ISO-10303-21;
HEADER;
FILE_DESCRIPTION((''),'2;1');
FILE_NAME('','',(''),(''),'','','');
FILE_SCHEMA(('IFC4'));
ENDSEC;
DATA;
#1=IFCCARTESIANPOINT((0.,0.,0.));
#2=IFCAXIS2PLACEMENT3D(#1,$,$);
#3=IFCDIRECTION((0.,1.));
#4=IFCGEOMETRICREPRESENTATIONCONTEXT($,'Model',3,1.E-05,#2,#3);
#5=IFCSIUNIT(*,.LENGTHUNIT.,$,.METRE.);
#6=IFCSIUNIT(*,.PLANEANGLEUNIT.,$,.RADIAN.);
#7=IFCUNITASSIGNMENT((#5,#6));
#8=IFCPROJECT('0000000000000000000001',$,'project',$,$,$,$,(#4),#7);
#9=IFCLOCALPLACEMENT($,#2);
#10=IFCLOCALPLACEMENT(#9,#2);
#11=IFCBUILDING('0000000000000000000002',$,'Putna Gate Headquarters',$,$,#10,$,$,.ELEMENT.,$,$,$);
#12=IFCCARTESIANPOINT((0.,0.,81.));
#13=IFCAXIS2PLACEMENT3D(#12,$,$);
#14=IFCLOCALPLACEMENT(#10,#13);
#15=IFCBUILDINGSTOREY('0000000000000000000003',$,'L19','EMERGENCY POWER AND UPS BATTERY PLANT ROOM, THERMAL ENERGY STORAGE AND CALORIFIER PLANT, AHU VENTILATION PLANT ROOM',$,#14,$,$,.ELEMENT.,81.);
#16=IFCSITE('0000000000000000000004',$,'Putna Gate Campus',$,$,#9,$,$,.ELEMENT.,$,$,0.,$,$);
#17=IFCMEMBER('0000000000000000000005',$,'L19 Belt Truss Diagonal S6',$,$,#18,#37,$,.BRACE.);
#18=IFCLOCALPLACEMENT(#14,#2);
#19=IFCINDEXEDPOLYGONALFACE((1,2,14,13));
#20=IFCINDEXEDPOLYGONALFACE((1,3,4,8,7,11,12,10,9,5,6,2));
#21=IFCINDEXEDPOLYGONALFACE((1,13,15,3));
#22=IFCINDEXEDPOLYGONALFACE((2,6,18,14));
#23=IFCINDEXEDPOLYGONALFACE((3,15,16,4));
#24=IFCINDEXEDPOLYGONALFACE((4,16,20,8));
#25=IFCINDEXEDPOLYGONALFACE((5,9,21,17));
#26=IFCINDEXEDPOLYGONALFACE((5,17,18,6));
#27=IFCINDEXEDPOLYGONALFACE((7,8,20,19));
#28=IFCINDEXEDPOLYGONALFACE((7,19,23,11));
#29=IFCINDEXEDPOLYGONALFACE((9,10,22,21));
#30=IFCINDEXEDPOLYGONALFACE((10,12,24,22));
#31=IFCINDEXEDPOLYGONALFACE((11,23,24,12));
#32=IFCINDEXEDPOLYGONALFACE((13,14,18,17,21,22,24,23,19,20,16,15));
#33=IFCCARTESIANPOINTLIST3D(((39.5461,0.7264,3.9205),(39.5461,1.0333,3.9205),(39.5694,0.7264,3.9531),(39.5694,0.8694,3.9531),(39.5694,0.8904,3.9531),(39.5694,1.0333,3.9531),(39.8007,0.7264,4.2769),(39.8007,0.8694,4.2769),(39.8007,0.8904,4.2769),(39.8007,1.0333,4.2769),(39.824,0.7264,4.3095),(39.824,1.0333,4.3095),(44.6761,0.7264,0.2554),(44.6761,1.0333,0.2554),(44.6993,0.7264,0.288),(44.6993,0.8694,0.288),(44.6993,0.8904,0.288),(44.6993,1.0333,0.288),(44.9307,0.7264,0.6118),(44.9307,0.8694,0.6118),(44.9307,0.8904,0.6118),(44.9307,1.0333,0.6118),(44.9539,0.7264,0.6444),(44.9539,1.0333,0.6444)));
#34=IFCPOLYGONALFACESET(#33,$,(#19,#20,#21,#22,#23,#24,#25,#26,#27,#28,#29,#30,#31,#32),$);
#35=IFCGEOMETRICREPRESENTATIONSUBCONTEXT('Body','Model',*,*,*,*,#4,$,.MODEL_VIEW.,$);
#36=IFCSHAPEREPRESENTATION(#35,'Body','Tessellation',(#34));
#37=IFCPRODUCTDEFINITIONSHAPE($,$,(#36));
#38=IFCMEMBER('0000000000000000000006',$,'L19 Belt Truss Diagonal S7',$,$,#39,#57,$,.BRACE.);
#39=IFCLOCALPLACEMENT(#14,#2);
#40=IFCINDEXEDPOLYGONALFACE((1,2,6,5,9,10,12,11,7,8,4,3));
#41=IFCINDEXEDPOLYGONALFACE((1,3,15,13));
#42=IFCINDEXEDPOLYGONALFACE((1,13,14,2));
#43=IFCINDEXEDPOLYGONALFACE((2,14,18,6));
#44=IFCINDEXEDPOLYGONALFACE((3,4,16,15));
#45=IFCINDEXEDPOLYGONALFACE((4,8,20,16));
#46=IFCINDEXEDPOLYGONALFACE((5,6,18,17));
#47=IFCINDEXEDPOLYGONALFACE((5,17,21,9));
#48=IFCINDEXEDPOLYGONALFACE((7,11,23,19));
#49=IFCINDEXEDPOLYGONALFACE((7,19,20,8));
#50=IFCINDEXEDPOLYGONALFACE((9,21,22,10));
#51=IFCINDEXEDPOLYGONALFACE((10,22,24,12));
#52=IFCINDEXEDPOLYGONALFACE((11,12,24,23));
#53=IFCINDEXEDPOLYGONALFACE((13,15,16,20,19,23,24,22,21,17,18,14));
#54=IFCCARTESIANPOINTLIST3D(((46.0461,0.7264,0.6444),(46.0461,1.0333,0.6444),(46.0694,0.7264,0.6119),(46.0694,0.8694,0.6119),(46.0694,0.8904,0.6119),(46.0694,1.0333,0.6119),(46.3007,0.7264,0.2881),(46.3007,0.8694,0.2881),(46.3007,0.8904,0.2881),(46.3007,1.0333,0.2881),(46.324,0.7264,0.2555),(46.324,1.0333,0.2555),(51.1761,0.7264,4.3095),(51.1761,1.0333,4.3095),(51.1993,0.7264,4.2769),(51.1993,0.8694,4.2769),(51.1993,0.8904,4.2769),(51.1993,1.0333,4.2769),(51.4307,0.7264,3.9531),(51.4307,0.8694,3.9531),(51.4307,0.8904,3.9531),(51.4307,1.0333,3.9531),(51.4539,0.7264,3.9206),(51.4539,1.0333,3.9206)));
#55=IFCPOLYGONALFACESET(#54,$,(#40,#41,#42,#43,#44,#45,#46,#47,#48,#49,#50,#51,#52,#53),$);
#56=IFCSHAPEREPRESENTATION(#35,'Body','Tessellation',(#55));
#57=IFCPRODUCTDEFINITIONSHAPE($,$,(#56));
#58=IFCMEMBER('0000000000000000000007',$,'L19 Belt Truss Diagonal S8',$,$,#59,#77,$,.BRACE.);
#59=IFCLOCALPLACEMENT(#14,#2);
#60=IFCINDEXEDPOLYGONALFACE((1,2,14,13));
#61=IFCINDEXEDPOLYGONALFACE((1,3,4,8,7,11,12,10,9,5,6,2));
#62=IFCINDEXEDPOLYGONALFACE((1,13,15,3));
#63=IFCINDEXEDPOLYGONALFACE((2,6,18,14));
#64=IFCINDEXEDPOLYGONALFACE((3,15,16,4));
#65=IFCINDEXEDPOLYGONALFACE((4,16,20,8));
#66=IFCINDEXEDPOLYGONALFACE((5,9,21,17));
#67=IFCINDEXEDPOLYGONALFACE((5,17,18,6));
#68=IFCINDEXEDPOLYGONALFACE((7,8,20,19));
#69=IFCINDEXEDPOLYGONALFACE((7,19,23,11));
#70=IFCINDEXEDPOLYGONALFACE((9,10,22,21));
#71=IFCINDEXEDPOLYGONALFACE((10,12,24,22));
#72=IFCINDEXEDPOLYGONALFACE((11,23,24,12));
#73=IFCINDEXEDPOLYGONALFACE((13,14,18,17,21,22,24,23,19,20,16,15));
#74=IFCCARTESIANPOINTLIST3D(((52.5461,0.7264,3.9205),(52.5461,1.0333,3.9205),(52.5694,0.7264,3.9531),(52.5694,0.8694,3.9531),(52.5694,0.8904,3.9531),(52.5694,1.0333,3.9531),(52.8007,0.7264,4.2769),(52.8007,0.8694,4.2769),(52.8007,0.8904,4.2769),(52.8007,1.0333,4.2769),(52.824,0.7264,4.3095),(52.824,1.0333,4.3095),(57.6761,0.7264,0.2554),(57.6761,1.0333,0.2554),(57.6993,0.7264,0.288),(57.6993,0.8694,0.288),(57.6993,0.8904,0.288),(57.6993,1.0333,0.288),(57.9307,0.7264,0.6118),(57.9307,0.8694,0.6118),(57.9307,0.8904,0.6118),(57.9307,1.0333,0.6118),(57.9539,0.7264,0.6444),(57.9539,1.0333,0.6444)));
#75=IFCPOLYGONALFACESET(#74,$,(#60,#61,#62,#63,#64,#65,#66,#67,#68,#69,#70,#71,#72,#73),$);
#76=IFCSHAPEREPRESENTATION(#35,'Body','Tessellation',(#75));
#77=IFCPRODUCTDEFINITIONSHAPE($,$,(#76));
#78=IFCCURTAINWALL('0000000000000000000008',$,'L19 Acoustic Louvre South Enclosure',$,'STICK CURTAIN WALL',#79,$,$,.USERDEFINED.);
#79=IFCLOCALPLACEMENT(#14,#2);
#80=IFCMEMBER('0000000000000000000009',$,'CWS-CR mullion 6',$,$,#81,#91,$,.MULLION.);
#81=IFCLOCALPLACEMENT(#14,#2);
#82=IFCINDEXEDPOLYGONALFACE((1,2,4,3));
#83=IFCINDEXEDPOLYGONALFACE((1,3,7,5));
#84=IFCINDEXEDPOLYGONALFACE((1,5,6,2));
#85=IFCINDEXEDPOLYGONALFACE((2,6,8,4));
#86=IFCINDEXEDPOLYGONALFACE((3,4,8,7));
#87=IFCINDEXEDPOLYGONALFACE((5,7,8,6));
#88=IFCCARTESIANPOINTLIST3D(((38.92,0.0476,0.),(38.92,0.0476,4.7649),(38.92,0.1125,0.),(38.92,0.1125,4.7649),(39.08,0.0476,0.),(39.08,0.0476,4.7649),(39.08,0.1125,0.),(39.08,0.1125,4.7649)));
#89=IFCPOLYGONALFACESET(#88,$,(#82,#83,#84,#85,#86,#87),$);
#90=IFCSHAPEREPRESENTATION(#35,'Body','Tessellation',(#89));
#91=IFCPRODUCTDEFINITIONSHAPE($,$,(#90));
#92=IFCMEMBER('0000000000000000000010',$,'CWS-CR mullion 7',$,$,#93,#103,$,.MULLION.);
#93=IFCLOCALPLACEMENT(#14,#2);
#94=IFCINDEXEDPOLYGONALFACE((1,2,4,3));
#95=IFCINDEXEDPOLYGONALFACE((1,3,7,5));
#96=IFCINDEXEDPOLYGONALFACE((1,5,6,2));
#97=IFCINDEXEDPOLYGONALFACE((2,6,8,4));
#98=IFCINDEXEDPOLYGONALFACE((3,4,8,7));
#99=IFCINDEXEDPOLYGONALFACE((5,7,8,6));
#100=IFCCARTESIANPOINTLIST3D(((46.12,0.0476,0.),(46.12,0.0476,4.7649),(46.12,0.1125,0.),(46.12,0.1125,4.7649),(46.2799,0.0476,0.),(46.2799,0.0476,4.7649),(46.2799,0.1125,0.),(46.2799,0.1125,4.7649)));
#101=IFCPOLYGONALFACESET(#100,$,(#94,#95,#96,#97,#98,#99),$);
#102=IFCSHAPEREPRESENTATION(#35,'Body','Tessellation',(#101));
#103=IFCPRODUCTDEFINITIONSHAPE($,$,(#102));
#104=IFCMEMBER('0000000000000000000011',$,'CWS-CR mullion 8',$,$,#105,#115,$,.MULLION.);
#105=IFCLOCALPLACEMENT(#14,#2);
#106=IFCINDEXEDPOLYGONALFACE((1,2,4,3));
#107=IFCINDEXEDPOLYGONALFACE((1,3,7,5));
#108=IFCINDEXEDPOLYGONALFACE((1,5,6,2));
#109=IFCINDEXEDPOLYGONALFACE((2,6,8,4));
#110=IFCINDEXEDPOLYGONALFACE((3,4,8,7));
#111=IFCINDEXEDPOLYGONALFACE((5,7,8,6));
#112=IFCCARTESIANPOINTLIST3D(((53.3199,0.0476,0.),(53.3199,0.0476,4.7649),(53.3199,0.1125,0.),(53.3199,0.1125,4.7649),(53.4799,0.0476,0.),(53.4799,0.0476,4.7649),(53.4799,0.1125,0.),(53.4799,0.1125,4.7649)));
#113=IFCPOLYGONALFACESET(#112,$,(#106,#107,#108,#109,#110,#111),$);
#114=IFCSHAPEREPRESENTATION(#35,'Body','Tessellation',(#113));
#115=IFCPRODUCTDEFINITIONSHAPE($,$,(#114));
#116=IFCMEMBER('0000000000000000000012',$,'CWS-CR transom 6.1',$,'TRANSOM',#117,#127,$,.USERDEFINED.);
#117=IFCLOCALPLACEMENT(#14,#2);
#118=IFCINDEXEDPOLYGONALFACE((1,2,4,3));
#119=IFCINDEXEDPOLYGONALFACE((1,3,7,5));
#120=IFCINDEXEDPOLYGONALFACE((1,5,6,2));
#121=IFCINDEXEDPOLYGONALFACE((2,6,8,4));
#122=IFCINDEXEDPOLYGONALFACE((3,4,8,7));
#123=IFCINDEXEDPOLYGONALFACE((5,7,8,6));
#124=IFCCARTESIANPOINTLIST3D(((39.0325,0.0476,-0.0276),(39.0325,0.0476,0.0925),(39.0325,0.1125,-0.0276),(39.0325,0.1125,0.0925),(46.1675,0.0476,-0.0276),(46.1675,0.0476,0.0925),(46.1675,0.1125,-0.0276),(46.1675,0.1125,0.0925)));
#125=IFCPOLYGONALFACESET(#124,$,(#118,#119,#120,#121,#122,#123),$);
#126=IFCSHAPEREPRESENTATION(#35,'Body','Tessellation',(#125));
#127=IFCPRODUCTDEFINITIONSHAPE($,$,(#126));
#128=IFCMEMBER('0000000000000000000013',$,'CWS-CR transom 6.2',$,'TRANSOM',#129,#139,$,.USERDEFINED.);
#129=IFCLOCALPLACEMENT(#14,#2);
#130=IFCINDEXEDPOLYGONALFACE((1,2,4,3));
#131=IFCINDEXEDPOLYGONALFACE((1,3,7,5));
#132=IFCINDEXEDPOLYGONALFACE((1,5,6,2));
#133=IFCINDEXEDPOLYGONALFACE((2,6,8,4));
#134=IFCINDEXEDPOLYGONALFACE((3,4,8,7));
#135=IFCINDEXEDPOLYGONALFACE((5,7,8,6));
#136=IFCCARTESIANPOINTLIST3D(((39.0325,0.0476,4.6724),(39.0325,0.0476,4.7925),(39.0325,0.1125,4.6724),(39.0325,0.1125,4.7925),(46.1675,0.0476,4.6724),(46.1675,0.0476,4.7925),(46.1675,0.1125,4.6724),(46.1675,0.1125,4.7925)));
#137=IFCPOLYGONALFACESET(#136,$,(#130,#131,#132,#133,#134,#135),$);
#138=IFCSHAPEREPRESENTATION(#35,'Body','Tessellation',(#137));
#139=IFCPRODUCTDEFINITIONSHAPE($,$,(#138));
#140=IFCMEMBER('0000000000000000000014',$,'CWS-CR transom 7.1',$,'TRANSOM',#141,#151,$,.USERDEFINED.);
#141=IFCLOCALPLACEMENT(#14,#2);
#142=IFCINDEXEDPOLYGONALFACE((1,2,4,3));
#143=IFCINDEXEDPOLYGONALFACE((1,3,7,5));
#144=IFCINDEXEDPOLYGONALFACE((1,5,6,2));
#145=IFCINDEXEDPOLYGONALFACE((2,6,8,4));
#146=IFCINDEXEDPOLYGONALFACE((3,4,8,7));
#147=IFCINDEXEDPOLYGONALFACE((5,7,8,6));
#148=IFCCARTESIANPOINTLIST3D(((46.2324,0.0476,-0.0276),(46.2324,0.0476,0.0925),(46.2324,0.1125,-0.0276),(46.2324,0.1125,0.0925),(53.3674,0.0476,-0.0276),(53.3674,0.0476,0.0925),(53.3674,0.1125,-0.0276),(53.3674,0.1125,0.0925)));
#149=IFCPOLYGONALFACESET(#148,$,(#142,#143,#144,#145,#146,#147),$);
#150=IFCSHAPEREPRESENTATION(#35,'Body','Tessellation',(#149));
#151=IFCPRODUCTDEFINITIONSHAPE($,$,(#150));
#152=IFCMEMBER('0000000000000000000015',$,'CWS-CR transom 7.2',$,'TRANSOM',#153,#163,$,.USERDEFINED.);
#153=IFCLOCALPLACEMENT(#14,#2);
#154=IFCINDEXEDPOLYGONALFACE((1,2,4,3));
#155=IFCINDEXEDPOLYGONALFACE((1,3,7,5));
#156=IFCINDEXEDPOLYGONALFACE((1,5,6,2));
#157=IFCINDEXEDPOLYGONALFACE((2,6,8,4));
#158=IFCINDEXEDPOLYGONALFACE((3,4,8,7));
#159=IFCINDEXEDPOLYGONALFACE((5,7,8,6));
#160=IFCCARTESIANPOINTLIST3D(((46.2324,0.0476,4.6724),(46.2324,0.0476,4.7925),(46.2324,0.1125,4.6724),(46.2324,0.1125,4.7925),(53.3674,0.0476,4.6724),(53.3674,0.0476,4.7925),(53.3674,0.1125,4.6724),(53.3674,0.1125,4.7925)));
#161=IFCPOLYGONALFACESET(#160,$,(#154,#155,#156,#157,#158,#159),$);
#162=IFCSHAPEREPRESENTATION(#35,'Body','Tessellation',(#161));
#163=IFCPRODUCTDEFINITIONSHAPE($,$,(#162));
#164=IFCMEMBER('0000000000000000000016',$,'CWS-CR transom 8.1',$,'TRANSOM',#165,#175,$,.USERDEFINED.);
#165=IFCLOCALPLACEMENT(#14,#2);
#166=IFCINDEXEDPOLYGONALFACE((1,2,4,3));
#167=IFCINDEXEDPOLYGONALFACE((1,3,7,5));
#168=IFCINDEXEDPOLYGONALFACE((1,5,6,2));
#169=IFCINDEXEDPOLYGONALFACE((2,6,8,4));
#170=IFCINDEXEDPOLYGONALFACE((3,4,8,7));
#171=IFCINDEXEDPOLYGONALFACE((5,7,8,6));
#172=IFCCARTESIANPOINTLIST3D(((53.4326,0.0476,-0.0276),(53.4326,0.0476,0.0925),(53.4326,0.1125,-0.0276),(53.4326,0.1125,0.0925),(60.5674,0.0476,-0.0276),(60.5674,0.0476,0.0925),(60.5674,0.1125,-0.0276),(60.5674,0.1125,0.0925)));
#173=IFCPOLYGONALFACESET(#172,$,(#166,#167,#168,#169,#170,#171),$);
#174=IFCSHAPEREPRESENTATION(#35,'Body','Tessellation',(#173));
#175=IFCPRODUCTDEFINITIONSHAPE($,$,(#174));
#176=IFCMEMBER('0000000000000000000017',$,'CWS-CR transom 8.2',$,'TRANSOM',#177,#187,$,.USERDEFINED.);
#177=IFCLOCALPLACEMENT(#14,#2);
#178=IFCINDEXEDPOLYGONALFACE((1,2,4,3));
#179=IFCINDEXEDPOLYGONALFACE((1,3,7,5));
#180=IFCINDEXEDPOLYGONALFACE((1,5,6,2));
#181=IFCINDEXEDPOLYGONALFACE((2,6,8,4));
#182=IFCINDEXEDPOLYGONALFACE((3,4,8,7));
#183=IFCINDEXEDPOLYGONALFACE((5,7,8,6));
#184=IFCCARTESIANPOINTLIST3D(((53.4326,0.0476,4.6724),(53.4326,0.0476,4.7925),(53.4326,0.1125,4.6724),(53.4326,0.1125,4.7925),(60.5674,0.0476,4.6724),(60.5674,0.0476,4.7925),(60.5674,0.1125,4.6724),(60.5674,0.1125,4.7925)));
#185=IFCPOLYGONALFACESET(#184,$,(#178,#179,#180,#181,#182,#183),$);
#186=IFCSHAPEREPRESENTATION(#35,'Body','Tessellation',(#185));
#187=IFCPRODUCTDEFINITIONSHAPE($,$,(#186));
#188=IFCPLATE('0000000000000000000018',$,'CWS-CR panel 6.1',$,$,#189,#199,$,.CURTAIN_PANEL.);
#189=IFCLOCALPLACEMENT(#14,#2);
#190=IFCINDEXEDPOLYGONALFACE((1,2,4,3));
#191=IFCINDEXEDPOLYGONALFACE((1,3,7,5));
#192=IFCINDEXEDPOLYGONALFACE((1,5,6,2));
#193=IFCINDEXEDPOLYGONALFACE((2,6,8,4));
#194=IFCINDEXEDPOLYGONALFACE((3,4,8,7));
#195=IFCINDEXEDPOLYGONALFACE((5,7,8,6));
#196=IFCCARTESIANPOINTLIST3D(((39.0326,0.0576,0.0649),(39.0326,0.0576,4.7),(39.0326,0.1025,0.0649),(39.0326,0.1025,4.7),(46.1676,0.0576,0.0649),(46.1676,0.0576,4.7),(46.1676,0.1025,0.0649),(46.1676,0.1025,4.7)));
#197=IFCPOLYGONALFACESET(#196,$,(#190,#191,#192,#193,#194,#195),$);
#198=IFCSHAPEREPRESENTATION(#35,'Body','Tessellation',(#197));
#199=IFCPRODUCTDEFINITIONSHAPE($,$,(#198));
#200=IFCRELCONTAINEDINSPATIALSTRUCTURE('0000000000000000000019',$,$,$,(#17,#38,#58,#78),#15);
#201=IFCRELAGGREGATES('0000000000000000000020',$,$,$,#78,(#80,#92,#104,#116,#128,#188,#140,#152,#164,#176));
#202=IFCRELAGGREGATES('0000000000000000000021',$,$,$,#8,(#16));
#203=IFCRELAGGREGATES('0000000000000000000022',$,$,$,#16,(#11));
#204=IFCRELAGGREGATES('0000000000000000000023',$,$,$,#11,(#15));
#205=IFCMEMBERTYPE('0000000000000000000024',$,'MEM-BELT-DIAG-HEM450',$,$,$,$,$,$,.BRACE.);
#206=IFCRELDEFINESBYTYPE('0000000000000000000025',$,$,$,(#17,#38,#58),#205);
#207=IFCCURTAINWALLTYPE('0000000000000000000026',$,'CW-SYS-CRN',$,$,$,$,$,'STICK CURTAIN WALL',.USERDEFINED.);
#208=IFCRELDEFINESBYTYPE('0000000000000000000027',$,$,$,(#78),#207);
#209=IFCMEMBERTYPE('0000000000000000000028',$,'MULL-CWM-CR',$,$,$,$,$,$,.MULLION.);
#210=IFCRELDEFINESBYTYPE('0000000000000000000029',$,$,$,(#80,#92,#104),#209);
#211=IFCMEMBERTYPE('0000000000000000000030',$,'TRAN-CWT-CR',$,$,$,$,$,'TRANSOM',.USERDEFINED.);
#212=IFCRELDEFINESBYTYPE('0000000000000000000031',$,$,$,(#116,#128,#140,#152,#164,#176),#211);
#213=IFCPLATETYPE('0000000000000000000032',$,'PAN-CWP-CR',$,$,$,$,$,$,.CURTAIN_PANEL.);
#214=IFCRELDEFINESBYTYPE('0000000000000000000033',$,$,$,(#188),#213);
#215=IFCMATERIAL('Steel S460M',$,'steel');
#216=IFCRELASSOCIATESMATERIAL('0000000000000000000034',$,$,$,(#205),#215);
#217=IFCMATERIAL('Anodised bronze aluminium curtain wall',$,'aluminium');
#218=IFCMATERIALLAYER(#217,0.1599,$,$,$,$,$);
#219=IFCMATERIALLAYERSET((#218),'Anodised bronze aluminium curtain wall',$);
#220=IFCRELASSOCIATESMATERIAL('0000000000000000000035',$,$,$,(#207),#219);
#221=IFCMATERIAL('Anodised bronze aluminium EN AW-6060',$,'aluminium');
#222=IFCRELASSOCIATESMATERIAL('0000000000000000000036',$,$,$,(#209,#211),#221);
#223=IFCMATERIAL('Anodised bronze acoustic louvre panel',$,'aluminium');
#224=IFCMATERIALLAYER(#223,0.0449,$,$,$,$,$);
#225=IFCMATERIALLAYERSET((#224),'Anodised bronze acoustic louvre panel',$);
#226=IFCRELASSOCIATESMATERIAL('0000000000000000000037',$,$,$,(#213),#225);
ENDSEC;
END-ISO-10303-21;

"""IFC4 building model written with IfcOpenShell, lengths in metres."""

from ifc_helpers import new_model, si_unit, direction, frame, origin, origin_2d, place, context, subcontext, project, spatial, rectangle, i_section, extrude, material, layer, layer_set, material_profile, profile_set, type_object, element, aggregate, save


model = new_model("IFC4")

# Units and contexts
model_context = context("Model", 3, precision=1e-05, world=origin(), true_north=direction((0.0, 1.0)))
body_context = subcontext(model_context, "Body", "Model", "MODEL_VIEW")
ifc_project = project(units=[si_unit("LENGTHUNIT", "METRE"), si_unit("PLANEANGLEUNIT", "RADIAN")], contexts=[model_context])

# Site, building, storey
site_placement = place(None, origin())
site = spatial("IfcSite", under=ifc_project, at=site_placement, Name="Putna Gate Campus", CompositionType="ELEMENT", RefElevation=0.0)
building_placement = place(site_placement, origin())
building = spatial("IfcBuilding", under=site, at=building_placement, Name="Putna Gate Headquarters", CompositionType="ELEMENT")
storey_placement = place(building_placement, frame((0.0, 0.0, 81.0)))
storey = spatial("IfcBuildingStorey", under=building, at=storey_placement, Name="L19", Description="EMERGENCY POWER AND UPS BATTERY PLANT ROOM, THERMAL ENERGY STORAGE AND CALORIFIER PLANT, AHU VENTILATION PLANT ROOM", CompositionType="ELEMENT", Elevation=81.0)

# Members
ifc_material_1 = material(Name="Steel S460M", Category="steel")
ifc_material_profile_1 = material_profile(ifc_material_1, i_section(OverallWidth=0.3069, OverallDepth=0.478, WebThickness=0.021, FlangeThickness=0.04, at=origin_2d()), Name="Steel S460M")
ifc_profile_set_1 = profile_set([ifc_material_profile_1], Name="Steel S460M")
member_type_1 = type_object("IfcMemberType", Name="MEM-BELT-DIAG-HEM450", PredefinedType="BRACE", material=ifc_profile_set_1)
for number, where, z_axis, x_axis, name in (
    (1, (39.6851, 0.8799, 4.115), (0.813671, 0.0, -0.581326), (0.0, 1.0, 0.0), "L19 Belt Truss Diagonal S6"),
    (2, (46.1851, 0.8799, 0.45), (0.813671, 0.0, 0.581326), (0.0, 1.0, 0.0), "L19 Belt Truss Diagonal S7"),
    (3, (52.6851, 0.8799, 4.115), (0.813671, 0.0, -0.581326), (0.0, 1.0, 0.0), "L19 Belt Truss Diagonal S8"),
):
    element("IfcMember", number, at=place(storey_placement, frame(where, z_axis=z_axis, x_axis=x_axis)), inside=storey, type_object=member_type_1, Name=name, PredefinedType="BRACE", context=body_context, shape_type="SweptSolid", body=[
        extrude(i_section(OverallWidth=0.3069, OverallDepth=0.478, WebThickness=0.021, FlangeThickness=0.04, at=origin_2d()), origin(), (0.0, 0.0, 1.0), 6.3047),
    ])

# Curtain wall, members, plate
ifc_material_2 = material(Name="Anodised bronze aluminium curtain wall", Category="aluminium")
ifc_layer_1 = layer(ifc_material_2, 0.1599)
ifc_layer_set_1 = layer_set([ifc_layer_1], Name="Anodised bronze aluminium curtain wall")
curtain_wall_type = type_object("IfcCurtainWallType", Name="CW-SYS-CRN", ElementType="STICK CURTAIN WALL", PredefinedType="USERDEFINED", material=ifc_layer_set_1)
curtain_wall_placement = place(storey_placement, origin())
curtain_wall = element("IfcCurtainWall", 4, at=curtain_wall_placement, inside=storey, type_object=curtain_wall_type, Name="L19 Acoustic Louvre South Enclosure", ObjectType="STICK CURTAIN WALL", PredefinedType="USERDEFINED")
ifc_material_3 = material(Name="Anodised bronze aluminium EN AW-6060", Category="aluminium")
ifc_material_profile_2 = material_profile(ifc_material_3, rectangle(XDim=0.0649, YDim=0.1599, at=origin_2d()), Name="Anodised bronze aluminium EN AW-6060")
ifc_profile_set_2 = profile_set([ifc_material_profile_2], Name="Anodised bronze aluminium EN AW-6060")
member_type_2 = type_object("IfcMemberType", Name="MULL-CWM-CR", PredefinedType="MULLION", material=ifc_profile_set_2)
member_1_placement = place(storey_placement, frame((39.0, 0.0801, 0.0), z_axis=(0.0, 0.0, 1.0), x_axis=(0.0, 1.0, 0.0)))
member_1 = element("IfcMember", 5, at=member_1_placement, type_object=member_type_2, Name="CWS-CR mullion 6", PredefinedType="MULLION", context=body_context, shape_type="SweptSolid", body=[
    extrude(rectangle(XDim=0.0649, YDim=0.1599, at=origin_2d()), origin(), (0.0, 0.0, 1.0), 4.7649),
])
member_2_placement = place(storey_placement, frame((46.2, 0.0801, 0.0), z_axis=(0.0, 0.0, 1.0), x_axis=(0.0, 1.0, 0.0)))
member_2 = element("IfcMember", 6, at=member_2_placement, type_object=member_type_2, Name="CWS-CR mullion 7", PredefinedType="MULLION", context=body_context, shape_type="SweptSolid", body=[
    extrude(rectangle(XDim=0.0649, YDim=0.1599, at=origin_2d()), origin(), (0.0, 0.0, 1.0), 4.7649),
])
member_3_placement = place(storey_placement, frame((53.3999, 0.0801, 0.0), z_axis=(0.0, 0.0, 1.0), x_axis=(0.0, 1.0, 0.0)))
member_3 = element("IfcMember", 7, at=member_3_placement, type_object=member_type_2, Name="CWS-CR mullion 8", PredefinedType="MULLION", context=body_context, shape_type="SweptSolid", body=[
    extrude(rectangle(XDim=0.0649, YDim=0.1599, at=origin_2d()), origin(), (0.0, 0.0, 1.0), 4.7649),
])
ifc_material_profile_3 = material_profile(ifc_material_3, rectangle(XDim=0.0649, YDim=0.1201, at=origin_2d()), Name="Anodised bronze aluminium EN AW-6060")
ifc_profile_set_3 = profile_set([ifc_material_profile_3], Name="Anodised bronze aluminium EN AW-6060")
member_type_3 = type_object("IfcMemberType", Name="TRAN-CWT-CR", ElementType="TRANSOM", PredefinedType="USERDEFINED", material=ifc_profile_set_3)
member_4_placement = place(storey_placement, frame((39.0325, 0.0801, 0.0325), z_axis=(1.0, 0.0, 0.0), x_axis=(0.0, 1.0, 0.0)))
member_4 = element("IfcMember", 8, at=member_4_placement, type_object=member_type_3, Name="CWS-CR transom 6.1", ObjectType="TRANSOM", PredefinedType="USERDEFINED", context=body_context, shape_type="SweptSolid", body=[
    extrude(rectangle(XDim=0.0649, YDim=0.1201, at=origin_2d()), origin(), (0.0, 0.0, 1.0), 7.135),
])
member_5_placement = place(storey_placement, frame((39.0325, 0.0801, 4.7324), z_axis=(1.0, 0.0, 0.0), x_axis=(0.0, 1.0, 0.0)))
member_5 = element("IfcMember", 9, at=member_5_placement, type_object=member_type_3, Name="CWS-CR transom 6.2", ObjectType="TRANSOM", PredefinedType="USERDEFINED", context=body_context, shape_type="SweptSolid", body=[
    extrude(rectangle(XDim=0.0649, YDim=0.1201, at=origin_2d()), origin(), (0.0, 0.0, 1.0), 7.135),
])
member_6_placement = place(storey_placement, frame((46.2324, 0.0801, 0.0325), z_axis=(1.0, 0.0, 0.0), x_axis=(0.0, 1.0, 0.0)))
member_6 = element("IfcMember", 10, at=member_6_placement, type_object=member_type_3, Name="CWS-CR transom 7.1", ObjectType="TRANSOM", PredefinedType="USERDEFINED", context=body_context, shape_type="SweptSolid", body=[
    extrude(rectangle(XDim=0.0649, YDim=0.1201, at=origin_2d()), origin(), (0.0, 0.0, 1.0), 7.135),
])
member_7_placement = place(storey_placement, frame((46.2324, 0.0801, 4.7324), z_axis=(1.0, 0.0, 0.0), x_axis=(0.0, 1.0, 0.0)))
member_7 = element("IfcMember", 11, at=member_7_placement, type_object=member_type_3, Name="CWS-CR transom 7.2", ObjectType="TRANSOM", PredefinedType="USERDEFINED", context=body_context, shape_type="SweptSolid", body=[
    extrude(rectangle(XDim=0.0649, YDim=0.1201, at=origin_2d()), origin(), (0.0, 0.0, 1.0), 7.135),
])
member_8_placement = place(storey_placement, frame((53.4326, 0.0801, 0.0325), z_axis=(1.0, 0.0, 0.0), x_axis=(0.0, 1.0, 0.0)))
member_8 = element("IfcMember", 12, at=member_8_placement, type_object=member_type_3, Name="CWS-CR transom 8.1", ObjectType="TRANSOM", PredefinedType="USERDEFINED", context=body_context, shape_type="SweptSolid", body=[
    extrude(rectangle(XDim=0.0649, YDim=0.1201, at=origin_2d()), origin(), (0.0, 0.0, 1.0), 7.1348),
])
member_9_placement = place(storey_placement, frame((53.4326, 0.0801, 4.7324), z_axis=(1.0, 0.0, 0.0), x_axis=(0.0, 1.0, 0.0)))
member_9 = element("IfcMember", 13, at=member_9_placement, type_object=member_type_3, Name="CWS-CR transom 8.2", ObjectType="TRANSOM", PredefinedType="USERDEFINED", context=body_context, shape_type="SweptSolid", body=[
    extrude(rectangle(XDim=0.0649, YDim=0.1201, at=origin_2d()), origin(), (0.0, 0.0, 1.0), 7.1348),
])
ifc_material_4 = material(Name="Anodised bronze acoustic louvre panel", Category="aluminium")
ifc_layer_2 = layer(ifc_material_4, 0.0449)
ifc_layer_set_2 = layer_set([ifc_layer_2], Name="Anodised bronze acoustic louvre panel")
plate_type_1 = type_object("IfcPlateType", Name="PAN-CWP-CR", PredefinedType="CURTAIN_PANEL", material=ifc_layer_set_2)
plate_1_placement = place(storey_placement, frame((42.6001, 0.0801, 0.0649), z_axis=(0.0, 0.0, 1.0), x_axis=(1.0, 0.0, 0.0)))
plate_1 = element("IfcPlate", 14, at=plate_1_placement, type_object=plate_type_1, Name="CWS-CR panel 6.1", PredefinedType="CURTAIN_PANEL", context=body_context, shape_type="SweptSolid", body=[
    extrude(rectangle(XDim=7.135, YDim=0.0449, at=origin_2d()), origin(), (0.0, 0.0, 1.0), 4.635),
])
aggregate(curtain_wall, [member_1, member_2, member_3, member_4, member_5, plate_1, member_6, member_7, member_8, member_9])

save(model, "model.ifc")
